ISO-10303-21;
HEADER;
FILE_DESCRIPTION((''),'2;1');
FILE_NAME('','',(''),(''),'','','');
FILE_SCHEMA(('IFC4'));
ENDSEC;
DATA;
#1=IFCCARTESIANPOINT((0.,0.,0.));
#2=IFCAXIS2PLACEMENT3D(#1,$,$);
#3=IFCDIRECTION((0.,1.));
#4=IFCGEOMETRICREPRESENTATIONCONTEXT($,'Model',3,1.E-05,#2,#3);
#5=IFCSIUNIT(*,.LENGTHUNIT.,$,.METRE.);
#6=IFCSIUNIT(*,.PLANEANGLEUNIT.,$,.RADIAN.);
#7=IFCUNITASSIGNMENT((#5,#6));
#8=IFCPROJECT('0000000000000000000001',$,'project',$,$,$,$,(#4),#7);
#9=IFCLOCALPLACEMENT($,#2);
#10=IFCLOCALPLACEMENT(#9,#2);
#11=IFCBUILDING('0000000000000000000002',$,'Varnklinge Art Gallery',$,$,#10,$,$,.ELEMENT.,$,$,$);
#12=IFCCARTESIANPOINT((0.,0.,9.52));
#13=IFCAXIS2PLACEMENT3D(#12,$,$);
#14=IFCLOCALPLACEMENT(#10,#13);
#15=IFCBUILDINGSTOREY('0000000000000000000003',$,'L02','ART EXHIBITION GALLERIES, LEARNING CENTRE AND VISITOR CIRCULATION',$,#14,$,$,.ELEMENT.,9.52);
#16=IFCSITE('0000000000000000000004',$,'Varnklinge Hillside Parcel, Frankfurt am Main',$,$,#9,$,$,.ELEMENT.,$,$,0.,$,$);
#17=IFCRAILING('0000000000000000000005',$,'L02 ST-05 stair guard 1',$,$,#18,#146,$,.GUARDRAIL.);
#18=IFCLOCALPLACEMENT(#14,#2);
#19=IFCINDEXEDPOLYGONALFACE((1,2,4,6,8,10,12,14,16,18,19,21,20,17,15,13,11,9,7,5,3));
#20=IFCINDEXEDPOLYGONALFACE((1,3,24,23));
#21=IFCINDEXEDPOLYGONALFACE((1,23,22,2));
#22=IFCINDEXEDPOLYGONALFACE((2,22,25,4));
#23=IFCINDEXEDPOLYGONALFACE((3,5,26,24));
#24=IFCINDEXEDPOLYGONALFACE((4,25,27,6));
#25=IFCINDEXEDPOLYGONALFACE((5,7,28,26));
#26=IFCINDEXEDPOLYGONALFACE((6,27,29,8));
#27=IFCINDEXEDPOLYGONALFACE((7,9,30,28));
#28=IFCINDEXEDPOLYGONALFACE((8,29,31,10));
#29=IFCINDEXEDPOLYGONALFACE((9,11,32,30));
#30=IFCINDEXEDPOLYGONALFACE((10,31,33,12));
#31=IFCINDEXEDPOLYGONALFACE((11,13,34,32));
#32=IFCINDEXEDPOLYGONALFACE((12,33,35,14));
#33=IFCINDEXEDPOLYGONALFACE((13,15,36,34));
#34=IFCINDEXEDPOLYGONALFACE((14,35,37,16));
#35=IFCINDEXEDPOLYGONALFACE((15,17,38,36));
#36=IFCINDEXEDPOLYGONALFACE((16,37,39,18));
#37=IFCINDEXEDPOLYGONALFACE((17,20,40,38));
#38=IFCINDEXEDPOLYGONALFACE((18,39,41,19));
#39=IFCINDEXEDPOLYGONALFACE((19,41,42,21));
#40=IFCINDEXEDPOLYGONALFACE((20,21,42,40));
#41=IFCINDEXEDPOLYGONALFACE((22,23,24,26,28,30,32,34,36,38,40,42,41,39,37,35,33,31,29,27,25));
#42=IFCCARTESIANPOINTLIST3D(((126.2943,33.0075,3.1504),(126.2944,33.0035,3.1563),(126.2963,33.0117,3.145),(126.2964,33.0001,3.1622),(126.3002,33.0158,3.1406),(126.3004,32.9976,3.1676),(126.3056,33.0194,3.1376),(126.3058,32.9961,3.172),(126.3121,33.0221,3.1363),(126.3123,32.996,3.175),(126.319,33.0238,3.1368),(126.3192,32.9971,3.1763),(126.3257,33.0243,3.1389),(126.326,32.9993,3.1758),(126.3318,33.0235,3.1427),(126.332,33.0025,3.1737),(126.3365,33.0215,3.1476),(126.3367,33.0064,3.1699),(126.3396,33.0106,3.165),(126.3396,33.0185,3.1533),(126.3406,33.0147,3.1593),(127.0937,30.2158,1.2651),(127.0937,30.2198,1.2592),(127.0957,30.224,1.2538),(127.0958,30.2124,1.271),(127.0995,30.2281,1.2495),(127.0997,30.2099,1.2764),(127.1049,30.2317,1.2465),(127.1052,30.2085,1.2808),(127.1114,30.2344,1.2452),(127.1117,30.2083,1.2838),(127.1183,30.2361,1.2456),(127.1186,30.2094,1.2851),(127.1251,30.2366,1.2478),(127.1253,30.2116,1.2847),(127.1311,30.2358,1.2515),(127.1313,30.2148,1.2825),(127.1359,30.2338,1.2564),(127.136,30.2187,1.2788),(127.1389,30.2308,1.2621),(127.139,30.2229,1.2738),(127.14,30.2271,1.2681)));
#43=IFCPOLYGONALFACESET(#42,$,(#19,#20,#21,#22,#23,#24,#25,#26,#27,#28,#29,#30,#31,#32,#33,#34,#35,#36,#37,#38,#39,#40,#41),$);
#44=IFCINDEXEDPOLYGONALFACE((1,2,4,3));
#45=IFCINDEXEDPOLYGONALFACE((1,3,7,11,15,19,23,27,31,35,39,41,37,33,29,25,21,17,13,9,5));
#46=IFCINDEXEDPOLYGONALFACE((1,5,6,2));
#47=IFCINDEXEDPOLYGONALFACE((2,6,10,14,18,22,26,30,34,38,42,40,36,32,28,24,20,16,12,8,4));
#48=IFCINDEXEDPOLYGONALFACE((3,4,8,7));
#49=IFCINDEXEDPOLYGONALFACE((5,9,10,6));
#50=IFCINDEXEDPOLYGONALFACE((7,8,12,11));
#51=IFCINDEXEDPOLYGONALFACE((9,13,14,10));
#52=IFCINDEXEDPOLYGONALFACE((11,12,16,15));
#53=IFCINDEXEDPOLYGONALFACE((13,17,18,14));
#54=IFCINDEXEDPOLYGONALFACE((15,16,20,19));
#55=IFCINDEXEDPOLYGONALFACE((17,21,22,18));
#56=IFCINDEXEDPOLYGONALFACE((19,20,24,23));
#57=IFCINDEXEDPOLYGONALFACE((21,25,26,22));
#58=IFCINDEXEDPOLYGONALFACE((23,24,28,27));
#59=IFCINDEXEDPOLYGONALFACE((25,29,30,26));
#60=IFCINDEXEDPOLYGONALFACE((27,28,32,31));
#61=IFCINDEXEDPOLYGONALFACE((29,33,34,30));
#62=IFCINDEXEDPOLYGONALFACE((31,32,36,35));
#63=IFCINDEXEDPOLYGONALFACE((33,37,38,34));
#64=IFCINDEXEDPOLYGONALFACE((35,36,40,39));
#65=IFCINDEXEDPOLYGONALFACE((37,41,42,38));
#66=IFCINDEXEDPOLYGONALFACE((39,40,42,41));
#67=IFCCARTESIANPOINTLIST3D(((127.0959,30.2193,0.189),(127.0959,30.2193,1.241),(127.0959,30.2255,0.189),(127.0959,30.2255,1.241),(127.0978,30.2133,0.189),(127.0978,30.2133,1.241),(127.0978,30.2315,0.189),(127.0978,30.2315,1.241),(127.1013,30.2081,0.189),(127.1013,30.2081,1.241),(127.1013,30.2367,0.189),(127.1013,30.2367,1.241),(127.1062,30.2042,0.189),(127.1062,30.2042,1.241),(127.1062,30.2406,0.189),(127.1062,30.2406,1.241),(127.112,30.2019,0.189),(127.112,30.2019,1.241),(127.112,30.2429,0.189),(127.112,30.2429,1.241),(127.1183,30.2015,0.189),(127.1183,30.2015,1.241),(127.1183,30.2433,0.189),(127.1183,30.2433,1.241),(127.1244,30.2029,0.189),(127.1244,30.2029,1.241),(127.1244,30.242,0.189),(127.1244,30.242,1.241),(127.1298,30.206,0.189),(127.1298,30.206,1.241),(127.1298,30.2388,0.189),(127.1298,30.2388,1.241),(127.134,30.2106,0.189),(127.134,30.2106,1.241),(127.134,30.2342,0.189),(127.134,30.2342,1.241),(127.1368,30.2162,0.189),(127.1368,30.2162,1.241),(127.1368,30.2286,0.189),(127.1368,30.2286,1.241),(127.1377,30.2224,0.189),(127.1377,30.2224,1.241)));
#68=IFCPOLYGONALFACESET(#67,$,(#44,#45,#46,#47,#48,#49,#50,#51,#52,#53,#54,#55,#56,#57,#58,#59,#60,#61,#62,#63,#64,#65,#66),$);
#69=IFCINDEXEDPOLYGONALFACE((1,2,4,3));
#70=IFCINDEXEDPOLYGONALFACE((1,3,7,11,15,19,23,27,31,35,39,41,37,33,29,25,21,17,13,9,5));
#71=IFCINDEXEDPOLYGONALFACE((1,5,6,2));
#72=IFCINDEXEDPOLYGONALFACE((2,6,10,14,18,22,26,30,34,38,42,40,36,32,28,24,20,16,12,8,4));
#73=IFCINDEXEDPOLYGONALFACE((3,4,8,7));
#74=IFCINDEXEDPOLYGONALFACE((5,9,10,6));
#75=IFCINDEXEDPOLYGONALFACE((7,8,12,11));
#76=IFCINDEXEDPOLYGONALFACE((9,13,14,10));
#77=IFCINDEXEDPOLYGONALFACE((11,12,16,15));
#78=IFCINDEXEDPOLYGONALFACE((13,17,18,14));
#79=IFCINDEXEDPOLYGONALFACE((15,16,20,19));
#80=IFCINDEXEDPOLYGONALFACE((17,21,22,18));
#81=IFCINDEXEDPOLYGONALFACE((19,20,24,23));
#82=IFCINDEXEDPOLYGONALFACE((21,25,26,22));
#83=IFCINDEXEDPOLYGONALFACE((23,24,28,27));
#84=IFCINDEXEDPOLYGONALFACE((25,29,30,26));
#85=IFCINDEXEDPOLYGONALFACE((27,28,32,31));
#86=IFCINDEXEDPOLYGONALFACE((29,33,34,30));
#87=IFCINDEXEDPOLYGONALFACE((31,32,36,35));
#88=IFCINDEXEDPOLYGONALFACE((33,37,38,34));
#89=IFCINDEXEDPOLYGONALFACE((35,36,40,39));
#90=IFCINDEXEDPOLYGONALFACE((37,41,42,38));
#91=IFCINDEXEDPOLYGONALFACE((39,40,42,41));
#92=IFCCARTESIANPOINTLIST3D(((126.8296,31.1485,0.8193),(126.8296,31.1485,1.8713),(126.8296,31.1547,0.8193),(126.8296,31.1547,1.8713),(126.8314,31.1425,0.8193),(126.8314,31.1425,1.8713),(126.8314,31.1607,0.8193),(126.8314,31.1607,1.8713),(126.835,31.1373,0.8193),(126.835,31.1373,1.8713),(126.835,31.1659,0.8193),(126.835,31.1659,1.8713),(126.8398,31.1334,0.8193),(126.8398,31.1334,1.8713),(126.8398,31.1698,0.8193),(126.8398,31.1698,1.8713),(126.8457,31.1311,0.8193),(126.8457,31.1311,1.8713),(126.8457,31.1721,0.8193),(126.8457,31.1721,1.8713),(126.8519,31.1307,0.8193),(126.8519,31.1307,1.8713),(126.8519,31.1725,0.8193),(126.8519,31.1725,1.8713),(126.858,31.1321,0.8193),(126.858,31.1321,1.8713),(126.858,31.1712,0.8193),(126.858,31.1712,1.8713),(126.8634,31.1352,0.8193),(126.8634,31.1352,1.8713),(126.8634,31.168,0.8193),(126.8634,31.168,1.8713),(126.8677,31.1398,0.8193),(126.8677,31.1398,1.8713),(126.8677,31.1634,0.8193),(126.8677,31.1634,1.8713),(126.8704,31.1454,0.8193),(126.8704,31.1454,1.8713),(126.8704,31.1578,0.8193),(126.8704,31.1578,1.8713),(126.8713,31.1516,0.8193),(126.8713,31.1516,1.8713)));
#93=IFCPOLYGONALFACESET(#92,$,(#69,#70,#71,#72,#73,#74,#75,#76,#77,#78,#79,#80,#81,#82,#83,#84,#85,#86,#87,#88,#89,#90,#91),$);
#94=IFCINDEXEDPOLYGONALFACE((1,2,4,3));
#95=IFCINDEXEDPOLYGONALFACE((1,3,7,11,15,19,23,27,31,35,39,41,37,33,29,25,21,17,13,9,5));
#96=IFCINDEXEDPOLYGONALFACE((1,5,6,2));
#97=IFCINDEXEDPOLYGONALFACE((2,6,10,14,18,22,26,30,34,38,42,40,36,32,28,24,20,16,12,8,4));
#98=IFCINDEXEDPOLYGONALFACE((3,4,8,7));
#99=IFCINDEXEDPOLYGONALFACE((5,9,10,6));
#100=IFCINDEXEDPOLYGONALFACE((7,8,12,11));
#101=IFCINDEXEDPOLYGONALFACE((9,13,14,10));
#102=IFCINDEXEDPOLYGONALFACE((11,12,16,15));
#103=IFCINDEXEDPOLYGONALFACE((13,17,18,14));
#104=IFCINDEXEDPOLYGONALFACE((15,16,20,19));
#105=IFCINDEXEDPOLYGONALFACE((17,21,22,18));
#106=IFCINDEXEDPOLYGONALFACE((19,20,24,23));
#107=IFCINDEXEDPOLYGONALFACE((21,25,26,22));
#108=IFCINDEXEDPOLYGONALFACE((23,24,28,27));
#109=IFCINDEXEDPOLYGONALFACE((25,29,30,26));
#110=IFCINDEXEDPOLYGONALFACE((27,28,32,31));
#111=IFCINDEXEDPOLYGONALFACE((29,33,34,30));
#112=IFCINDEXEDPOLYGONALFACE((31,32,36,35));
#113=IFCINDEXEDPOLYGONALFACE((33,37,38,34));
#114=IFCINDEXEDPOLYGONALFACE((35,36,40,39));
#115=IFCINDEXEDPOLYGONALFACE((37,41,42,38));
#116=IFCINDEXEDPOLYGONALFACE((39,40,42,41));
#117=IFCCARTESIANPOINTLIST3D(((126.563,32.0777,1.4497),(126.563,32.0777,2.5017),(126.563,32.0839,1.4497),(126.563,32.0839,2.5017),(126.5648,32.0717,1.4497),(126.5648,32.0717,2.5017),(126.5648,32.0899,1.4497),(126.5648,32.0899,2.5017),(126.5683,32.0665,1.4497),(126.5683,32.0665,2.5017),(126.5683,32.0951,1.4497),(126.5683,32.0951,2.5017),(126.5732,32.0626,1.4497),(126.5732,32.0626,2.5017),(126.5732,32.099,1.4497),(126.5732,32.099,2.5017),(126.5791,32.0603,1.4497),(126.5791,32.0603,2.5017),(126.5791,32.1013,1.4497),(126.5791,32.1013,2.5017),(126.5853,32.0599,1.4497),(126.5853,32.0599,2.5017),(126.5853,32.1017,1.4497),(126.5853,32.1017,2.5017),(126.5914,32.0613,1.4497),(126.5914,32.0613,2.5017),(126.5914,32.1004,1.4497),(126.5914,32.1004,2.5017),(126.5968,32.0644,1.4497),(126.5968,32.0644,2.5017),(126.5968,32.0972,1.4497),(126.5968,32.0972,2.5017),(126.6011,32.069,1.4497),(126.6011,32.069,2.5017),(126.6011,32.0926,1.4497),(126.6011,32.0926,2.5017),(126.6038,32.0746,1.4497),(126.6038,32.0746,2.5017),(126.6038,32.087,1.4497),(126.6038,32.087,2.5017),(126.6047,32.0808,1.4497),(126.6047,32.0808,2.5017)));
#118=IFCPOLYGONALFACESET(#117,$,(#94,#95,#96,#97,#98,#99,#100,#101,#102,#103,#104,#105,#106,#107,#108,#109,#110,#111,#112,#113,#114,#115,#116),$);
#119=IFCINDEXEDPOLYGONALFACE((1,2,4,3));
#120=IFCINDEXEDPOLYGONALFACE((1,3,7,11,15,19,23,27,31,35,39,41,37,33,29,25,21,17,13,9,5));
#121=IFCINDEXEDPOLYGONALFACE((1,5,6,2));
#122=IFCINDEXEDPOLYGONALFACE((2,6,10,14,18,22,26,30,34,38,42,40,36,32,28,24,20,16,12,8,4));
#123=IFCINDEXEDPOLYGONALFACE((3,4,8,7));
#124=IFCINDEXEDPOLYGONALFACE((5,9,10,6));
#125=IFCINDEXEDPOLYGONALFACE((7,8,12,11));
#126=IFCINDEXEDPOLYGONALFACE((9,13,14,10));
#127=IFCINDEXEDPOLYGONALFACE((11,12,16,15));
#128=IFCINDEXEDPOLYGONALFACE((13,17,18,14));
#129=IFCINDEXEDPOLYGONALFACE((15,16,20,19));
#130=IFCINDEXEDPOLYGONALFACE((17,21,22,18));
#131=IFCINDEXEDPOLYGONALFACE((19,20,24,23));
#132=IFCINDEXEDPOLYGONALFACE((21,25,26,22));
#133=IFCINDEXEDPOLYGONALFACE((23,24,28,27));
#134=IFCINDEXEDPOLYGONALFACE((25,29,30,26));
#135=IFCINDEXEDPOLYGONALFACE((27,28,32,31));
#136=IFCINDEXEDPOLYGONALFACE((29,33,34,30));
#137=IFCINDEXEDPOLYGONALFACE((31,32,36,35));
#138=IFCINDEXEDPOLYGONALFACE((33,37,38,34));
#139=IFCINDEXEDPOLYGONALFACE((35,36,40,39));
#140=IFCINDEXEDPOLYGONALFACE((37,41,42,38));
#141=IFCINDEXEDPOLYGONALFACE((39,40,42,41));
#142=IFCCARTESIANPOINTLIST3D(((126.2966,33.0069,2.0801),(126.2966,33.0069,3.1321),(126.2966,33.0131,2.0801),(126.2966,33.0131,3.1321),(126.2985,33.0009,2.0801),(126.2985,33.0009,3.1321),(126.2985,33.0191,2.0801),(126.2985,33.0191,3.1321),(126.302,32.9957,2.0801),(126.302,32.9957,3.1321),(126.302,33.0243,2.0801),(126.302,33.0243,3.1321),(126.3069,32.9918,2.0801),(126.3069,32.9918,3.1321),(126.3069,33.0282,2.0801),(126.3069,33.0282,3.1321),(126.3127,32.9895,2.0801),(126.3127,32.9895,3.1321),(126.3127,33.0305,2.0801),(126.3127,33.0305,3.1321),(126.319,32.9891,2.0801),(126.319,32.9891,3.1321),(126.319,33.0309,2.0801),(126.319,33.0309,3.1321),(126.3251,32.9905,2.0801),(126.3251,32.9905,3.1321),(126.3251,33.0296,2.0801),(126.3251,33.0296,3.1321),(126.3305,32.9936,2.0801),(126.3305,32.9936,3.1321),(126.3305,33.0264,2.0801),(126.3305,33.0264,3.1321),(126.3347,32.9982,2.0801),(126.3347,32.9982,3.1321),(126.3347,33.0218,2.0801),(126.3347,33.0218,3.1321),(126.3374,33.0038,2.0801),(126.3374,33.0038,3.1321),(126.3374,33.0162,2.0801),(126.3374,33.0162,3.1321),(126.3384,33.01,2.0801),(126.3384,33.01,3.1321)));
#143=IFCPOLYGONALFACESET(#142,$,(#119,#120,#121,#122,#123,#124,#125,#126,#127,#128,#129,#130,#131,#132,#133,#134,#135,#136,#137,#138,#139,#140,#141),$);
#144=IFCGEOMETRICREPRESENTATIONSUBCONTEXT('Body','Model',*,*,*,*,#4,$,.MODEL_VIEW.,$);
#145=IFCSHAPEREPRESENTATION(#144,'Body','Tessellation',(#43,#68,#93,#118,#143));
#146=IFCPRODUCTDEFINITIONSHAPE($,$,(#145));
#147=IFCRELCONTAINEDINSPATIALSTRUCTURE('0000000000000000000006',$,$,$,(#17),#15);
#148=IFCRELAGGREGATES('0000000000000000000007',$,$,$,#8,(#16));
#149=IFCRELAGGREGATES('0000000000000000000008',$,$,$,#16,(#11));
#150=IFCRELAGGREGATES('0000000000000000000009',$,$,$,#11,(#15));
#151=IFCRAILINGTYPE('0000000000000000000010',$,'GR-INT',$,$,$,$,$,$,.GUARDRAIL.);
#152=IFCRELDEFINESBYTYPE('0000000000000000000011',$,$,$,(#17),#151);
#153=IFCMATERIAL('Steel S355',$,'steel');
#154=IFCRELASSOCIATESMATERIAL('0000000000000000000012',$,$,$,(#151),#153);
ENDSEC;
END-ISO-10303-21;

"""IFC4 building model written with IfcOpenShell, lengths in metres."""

from ifc_helpers import new_model, si_unit, direction, frame, origin, origin_2d, place, context, subcontext, project, spatial, circle, extrude, material, type_object, element, save


model = new_model("IFC4")

# Units and contexts
model_context = context("Model", 3, precision=1e-05, world=origin(), true_north=direction((0.0, 1.0)))
body_context = subcontext(model_context, "Body", "Model", "MODEL_VIEW")
ifc_project = project(units=[si_unit("LENGTHUNIT", "METRE"), si_unit("PLANEANGLEUNIT", "RADIAN")], contexts=[model_context])

# Site, building, storey
site_placement = place(None, origin())
site = spatial("IfcSite", under=ifc_project, at=site_placement, Name="Varnklinge Hillside Parcel, Frankfurt am Main", CompositionType="ELEMENT", RefElevation=0.0)
building_placement = place(site_placement, origin())
building = spatial("IfcBuilding", under=site, at=building_placement, Name="Varnklinge Art Gallery", CompositionType="ELEMENT")
storey_placement = place(building_placement, frame((0.0, 0.0, 9.52)))
storey = spatial("IfcBuildingStorey", under=building, at=storey_placement, Name="L02", Description="ART EXHIBITION GALLERIES, LEARNING CENTRE AND VISITOR CIRCULATION", CompositionType="ELEMENT", Elevation=9.52)

# Railing
ifc_material_1 = material(Name="Steel S355", Category="steel")
railing_type_1 = type_object("IfcRailingType", Name="GR-INT", PredefinedType="GUARDRAIL", material=ifc_material_1)
railing_1_placement = place(storey_placement, frame((127.1167, 30.2224, 0.189)))
element("IfcRailing", 1, at=railing_1_placement, inside=storey, type_object=railing_type_1, Name="L02 ST-05 stair guard 1", PredefinedType="GUARDRAIL", context=body_context, shape_type="SweptSolid", body=[
    extrude(circle(Radius=0.0239, at=origin_2d()), frame((0.0, 0.0, 1.0762), z_axis=(-0.230878, 0.805183, 0.546238), x_axis=(-0.961263, -0.275633, 0.0)), (0.0, 0.0, 1.0), 3.4622),
    extrude(circle(Radius=0.021, at=origin_2d()), origin(), (0.0, 0.0, 1.0), 1.052),
    extrude(circle(Radius=0.021, at=origin_2d()), frame((-0.2664, 0.9292, 0.6304)), (0.0, 0.0, 1.0), 1.052),
    extrude(circle(Radius=0.021, at=origin_2d()), frame((-0.533, 1.8584, 1.2607)), (0.0, 0.0, 1.0), 1.052),
    extrude(circle(Radius=0.021, at=origin_2d()), frame((-0.7993, 2.7876, 1.8911)), (0.0, 0.0, 1.0), 1.052),
])

save(model, "model.ifc")
